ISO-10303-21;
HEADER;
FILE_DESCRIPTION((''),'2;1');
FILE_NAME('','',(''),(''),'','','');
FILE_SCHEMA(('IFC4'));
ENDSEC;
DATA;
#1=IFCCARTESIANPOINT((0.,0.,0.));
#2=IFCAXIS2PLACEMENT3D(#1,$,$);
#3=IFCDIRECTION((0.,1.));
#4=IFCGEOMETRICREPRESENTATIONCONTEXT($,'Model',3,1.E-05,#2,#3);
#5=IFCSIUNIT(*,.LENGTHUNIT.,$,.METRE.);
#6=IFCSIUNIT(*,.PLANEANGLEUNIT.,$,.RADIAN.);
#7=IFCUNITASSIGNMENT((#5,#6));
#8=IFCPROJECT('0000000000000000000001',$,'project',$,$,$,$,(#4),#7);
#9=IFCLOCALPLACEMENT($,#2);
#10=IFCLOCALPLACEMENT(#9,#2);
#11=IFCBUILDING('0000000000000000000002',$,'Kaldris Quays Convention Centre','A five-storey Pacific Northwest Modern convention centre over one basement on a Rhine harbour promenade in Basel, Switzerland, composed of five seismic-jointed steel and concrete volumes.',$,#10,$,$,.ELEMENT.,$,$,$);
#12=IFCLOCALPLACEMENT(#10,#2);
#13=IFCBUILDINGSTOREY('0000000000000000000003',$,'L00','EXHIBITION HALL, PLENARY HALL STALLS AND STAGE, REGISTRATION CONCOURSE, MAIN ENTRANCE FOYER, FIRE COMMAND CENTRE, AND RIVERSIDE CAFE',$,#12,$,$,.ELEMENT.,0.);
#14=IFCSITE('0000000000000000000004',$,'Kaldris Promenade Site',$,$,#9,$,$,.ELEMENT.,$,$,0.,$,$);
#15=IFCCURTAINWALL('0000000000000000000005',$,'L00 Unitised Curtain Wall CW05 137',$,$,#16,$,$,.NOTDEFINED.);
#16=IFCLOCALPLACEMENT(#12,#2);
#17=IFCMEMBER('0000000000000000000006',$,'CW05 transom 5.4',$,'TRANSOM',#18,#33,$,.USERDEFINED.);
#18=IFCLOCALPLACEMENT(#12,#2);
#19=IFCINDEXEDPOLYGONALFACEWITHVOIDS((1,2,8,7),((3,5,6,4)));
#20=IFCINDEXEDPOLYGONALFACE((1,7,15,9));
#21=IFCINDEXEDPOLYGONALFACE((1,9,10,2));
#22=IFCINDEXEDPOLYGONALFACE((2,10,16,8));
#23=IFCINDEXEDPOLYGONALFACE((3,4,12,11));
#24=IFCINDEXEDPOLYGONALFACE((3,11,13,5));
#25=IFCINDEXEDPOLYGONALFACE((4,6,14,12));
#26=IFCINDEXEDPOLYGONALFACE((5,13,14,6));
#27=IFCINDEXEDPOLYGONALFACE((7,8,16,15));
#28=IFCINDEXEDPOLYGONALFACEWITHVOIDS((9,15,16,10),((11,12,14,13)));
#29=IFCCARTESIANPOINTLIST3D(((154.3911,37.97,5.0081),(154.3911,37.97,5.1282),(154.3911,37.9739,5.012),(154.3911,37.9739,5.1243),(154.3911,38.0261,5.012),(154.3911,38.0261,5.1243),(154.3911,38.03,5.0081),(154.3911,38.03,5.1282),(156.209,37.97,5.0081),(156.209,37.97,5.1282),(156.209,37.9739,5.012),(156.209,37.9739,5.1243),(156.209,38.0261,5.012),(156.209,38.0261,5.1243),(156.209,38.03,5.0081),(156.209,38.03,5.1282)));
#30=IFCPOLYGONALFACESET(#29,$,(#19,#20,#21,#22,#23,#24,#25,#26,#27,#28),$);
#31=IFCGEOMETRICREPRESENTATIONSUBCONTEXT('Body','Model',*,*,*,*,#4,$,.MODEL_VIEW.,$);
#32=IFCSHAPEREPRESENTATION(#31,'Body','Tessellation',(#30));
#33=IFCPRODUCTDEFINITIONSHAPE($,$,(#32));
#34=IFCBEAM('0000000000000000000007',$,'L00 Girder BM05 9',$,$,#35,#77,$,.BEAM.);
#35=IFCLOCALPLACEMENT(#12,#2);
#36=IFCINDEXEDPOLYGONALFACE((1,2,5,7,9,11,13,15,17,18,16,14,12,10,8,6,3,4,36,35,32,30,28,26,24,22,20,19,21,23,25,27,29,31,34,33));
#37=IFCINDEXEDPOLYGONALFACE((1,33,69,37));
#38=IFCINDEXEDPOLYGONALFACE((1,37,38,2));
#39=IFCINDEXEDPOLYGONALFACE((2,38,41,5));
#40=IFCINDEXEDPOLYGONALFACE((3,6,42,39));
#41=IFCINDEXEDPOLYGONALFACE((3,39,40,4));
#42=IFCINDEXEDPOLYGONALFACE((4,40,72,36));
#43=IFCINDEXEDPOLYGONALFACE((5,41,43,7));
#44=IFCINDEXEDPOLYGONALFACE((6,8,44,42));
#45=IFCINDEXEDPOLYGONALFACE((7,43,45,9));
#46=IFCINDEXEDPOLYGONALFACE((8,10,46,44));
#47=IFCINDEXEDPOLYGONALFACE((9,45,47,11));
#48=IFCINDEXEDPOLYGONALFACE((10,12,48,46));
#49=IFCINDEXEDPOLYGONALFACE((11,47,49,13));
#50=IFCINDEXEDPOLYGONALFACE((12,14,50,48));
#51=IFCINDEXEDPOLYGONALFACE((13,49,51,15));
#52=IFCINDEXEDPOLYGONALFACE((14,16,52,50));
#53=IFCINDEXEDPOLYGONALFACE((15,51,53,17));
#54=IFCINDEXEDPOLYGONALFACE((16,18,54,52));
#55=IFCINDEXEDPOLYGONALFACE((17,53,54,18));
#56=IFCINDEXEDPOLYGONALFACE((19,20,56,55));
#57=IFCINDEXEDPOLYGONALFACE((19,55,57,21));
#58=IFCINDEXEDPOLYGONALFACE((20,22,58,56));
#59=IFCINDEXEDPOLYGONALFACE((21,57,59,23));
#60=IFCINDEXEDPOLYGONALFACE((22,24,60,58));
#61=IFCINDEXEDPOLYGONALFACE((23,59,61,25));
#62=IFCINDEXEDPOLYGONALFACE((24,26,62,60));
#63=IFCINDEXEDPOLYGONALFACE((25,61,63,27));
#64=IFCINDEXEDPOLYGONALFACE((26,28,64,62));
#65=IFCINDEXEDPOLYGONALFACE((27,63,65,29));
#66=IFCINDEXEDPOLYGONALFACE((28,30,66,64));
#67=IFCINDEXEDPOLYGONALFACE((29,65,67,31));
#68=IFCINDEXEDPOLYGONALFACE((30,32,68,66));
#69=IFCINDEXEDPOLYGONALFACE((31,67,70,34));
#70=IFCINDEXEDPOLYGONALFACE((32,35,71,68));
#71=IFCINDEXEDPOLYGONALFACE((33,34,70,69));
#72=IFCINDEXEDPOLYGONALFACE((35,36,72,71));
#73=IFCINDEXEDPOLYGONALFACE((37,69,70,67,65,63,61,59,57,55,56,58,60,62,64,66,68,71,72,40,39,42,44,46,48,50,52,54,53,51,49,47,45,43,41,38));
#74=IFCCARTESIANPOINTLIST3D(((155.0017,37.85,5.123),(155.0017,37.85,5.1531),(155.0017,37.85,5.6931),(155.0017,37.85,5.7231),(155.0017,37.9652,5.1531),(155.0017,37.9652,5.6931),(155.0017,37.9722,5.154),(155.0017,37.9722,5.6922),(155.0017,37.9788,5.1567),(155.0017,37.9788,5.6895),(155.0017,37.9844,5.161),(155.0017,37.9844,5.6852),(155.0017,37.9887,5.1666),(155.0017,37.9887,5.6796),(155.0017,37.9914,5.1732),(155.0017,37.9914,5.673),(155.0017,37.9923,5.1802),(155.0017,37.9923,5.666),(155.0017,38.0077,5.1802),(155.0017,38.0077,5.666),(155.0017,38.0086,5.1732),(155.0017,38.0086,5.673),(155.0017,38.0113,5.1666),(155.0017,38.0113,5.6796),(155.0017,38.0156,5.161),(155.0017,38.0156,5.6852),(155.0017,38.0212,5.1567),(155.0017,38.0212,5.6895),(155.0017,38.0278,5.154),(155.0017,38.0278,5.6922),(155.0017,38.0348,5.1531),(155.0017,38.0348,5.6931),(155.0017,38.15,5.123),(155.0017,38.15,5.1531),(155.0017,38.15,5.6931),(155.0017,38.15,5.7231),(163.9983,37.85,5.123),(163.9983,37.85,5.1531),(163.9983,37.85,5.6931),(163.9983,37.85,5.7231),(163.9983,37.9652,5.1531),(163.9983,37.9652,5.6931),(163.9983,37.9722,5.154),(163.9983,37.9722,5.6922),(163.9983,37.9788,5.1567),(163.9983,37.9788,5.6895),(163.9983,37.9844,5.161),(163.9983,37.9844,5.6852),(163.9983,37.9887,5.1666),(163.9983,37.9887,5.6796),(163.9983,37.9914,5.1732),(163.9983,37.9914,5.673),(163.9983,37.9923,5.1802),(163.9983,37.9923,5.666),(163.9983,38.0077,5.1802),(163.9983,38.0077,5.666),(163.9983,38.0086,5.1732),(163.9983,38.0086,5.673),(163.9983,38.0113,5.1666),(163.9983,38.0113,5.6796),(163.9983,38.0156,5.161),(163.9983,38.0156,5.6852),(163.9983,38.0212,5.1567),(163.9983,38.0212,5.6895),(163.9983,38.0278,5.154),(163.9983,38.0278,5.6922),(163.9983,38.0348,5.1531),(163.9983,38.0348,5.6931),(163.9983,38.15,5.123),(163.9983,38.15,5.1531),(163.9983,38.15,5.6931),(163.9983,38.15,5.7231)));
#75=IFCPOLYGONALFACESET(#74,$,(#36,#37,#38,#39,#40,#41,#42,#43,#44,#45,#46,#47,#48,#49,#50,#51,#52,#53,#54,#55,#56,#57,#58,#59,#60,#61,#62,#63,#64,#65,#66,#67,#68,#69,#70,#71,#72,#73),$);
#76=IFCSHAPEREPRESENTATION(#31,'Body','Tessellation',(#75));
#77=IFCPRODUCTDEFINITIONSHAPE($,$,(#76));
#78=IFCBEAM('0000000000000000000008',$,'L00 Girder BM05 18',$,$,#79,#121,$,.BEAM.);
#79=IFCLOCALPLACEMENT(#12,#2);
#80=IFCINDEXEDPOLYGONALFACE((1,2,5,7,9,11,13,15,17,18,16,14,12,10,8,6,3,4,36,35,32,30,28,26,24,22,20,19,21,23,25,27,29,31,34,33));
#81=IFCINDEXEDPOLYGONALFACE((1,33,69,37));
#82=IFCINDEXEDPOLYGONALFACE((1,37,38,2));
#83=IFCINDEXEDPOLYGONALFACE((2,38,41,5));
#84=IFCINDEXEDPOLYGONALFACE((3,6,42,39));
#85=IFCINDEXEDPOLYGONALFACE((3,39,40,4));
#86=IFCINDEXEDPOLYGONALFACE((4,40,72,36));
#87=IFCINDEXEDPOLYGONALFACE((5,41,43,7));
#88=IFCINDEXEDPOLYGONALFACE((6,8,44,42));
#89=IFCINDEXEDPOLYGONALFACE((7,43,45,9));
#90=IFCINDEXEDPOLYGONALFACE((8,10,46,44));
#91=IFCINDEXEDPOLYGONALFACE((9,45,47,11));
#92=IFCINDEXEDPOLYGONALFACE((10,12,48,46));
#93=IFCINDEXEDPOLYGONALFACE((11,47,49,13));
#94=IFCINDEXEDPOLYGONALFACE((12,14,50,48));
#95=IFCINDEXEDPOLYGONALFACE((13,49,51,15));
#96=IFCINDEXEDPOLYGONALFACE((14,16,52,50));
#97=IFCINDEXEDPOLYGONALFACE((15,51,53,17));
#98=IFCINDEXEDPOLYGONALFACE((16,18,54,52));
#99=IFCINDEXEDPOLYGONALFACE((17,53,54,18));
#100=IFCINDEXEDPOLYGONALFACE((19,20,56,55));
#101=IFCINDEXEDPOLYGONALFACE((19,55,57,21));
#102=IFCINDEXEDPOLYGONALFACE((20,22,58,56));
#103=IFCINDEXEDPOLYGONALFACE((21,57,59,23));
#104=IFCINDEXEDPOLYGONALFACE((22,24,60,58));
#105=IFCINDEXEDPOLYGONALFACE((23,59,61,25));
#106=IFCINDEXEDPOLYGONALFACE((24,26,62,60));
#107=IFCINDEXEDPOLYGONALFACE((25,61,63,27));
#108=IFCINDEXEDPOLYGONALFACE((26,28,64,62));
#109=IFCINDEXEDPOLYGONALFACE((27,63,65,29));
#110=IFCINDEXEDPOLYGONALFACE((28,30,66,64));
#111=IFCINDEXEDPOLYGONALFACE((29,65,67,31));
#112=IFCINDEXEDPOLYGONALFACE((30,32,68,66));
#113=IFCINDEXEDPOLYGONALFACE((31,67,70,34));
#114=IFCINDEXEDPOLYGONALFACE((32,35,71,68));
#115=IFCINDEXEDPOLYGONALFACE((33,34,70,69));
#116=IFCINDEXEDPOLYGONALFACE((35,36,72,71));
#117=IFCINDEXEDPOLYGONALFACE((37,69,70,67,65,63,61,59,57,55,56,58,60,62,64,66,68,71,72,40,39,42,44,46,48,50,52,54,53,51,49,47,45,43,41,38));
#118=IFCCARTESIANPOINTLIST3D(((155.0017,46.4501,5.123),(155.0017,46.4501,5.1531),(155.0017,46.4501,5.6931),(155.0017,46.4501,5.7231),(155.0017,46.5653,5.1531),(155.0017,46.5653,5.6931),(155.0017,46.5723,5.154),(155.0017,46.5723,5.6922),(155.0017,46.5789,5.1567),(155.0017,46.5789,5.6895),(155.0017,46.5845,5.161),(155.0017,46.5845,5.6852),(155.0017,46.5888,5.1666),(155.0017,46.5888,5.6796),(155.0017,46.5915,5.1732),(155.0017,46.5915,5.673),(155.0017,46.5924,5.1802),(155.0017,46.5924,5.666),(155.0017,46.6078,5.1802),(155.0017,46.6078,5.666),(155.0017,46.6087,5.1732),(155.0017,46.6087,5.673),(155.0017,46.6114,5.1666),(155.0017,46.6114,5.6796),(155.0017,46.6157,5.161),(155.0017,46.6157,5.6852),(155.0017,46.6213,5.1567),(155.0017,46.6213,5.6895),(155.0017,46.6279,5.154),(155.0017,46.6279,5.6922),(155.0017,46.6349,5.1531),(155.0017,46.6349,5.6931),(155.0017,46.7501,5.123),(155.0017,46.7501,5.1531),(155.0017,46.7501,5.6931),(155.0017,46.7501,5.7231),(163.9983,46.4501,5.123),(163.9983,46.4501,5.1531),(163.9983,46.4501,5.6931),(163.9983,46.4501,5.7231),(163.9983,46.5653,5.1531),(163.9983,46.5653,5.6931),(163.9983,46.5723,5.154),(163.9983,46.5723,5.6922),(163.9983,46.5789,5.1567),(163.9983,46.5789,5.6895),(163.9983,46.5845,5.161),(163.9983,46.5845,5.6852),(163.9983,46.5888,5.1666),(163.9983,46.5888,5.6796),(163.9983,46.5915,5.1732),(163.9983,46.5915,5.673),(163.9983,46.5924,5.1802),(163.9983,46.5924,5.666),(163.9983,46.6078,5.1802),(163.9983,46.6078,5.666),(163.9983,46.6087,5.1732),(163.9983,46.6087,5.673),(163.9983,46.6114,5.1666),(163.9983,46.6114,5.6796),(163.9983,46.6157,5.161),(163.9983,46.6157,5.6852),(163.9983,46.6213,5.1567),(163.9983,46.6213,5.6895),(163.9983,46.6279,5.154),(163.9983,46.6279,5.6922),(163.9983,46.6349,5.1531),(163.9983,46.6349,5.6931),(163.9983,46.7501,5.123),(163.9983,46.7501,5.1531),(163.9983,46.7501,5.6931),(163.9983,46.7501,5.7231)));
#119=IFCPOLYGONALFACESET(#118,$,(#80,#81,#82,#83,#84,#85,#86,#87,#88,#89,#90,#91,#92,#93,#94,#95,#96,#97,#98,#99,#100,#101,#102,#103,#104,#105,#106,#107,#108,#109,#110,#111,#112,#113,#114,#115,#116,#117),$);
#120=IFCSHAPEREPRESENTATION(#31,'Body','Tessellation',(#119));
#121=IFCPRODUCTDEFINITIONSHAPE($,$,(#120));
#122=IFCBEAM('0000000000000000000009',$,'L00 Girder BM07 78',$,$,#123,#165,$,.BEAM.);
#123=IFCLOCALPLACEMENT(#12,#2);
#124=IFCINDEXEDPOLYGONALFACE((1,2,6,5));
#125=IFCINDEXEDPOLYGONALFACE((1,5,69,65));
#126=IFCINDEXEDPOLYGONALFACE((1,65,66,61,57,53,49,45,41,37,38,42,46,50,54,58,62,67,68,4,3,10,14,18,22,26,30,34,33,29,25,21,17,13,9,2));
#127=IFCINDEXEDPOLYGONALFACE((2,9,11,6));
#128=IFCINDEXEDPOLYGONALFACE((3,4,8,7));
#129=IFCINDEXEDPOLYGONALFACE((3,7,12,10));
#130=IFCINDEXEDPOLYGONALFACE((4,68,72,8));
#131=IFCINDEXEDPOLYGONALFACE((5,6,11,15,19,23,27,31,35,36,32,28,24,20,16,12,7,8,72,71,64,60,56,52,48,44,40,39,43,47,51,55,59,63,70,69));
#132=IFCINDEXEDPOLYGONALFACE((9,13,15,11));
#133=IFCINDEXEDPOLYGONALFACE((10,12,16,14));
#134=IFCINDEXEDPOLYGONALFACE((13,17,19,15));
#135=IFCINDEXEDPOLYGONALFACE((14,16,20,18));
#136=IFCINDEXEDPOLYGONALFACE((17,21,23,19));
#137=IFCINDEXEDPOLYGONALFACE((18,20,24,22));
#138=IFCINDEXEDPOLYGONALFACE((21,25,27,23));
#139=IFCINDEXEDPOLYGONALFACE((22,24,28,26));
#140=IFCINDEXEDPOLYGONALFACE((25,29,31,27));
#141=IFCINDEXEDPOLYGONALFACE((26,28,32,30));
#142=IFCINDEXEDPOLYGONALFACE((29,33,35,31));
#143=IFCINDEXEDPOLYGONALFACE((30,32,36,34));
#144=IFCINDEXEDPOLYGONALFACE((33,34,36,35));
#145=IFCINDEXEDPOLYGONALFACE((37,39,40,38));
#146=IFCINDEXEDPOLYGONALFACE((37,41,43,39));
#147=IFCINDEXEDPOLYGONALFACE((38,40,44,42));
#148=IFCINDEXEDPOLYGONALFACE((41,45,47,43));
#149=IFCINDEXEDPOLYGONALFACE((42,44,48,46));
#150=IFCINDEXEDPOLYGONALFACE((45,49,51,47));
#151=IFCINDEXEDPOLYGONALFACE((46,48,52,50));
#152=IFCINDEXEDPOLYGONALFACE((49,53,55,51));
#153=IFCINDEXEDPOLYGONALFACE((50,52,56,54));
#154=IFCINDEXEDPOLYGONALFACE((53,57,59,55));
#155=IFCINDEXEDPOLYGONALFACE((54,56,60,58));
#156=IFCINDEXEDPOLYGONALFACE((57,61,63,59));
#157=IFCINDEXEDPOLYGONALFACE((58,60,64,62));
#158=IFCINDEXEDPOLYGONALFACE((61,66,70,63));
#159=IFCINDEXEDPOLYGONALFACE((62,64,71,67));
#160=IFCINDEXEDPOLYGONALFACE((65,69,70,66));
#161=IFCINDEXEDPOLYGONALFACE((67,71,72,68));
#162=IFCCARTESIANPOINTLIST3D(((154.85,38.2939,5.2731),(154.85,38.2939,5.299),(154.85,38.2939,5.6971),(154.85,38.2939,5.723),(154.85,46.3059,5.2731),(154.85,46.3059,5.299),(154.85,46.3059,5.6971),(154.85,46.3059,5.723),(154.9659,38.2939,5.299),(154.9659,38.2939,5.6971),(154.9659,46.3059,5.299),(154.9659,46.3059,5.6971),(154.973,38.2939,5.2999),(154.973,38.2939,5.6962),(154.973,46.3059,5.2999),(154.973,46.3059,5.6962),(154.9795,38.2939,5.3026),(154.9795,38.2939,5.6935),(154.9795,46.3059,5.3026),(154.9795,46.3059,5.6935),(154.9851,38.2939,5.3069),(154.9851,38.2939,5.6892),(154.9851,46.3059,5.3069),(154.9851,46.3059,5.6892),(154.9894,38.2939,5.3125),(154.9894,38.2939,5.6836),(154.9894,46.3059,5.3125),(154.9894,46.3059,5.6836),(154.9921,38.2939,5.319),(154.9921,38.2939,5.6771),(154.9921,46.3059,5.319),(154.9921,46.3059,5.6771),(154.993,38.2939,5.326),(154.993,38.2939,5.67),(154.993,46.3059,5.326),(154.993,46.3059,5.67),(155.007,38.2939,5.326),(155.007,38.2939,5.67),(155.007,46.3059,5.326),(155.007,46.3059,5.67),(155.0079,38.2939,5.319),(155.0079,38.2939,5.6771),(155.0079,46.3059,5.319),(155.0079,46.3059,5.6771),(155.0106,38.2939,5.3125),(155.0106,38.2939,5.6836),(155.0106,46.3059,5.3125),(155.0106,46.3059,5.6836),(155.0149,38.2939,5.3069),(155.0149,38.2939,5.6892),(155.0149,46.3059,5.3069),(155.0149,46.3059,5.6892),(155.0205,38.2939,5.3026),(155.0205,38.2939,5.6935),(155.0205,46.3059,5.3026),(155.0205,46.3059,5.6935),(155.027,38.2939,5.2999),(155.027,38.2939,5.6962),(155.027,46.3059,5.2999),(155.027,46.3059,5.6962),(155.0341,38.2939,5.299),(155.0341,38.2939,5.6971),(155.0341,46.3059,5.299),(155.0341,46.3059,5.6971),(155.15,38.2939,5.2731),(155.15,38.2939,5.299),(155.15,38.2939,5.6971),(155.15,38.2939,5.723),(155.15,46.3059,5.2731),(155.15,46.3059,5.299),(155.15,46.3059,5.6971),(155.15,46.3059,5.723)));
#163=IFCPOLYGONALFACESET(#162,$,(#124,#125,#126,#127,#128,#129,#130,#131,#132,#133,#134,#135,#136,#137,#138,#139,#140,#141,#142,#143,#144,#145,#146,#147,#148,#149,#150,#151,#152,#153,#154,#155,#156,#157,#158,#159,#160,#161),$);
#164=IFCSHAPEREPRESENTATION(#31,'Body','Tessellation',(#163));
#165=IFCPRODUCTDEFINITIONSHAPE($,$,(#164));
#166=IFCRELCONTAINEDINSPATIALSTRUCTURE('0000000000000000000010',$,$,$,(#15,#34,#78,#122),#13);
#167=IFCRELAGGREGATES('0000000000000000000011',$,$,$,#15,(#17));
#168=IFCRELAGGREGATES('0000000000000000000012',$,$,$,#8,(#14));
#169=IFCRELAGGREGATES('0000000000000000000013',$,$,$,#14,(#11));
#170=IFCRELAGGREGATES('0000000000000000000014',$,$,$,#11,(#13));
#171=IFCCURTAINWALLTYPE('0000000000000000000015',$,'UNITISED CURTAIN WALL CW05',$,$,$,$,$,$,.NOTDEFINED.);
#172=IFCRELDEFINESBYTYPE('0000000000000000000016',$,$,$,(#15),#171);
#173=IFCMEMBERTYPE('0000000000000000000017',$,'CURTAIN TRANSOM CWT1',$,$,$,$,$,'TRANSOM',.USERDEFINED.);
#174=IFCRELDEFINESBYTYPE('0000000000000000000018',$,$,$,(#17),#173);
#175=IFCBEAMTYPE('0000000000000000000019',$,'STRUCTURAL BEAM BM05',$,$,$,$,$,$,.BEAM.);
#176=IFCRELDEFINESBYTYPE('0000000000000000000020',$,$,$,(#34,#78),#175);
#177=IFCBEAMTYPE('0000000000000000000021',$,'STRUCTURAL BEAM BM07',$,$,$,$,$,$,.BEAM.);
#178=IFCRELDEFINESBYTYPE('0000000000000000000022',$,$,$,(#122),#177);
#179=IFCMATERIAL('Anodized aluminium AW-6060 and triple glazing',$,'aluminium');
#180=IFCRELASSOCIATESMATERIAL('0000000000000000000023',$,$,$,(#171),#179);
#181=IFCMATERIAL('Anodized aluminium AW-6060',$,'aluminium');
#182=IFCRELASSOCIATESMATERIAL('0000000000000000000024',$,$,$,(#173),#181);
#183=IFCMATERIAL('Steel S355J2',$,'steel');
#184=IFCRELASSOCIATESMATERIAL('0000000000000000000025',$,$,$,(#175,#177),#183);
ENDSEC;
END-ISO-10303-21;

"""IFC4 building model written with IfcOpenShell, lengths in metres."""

from ifc_helpers import new_model, si_unit, direction, frame, origin, origin_2d, place, context, subcontext, project, spatial, hollow_rectangle, i_section, extrude, material, material_profile, profile_set, type_object, element, aggregate, save


model = new_model("IFC4")

# Units and contexts
model_context = context("Model", 3, precision=1e-05, world=origin(), true_north=direction((0.0, 1.0)))
body_context = subcontext(model_context, "Body", "Model", "MODEL_VIEW")
ifc_project = project(units=[si_unit("LENGTHUNIT", "METRE"), si_unit("PLANEANGLEUNIT", "RADIAN")], contexts=[model_context])

# Site, building, storey
site_placement = place(None, origin())
site = spatial("IfcSite", under=ifc_project, at=site_placement, Name="Kaldris Promenade Site", CompositionType="ELEMENT", RefElevation=0.0)
building_placement = place(site_placement, origin())
building = spatial("IfcBuilding", under=site, at=building_placement, Name="Kaldris Quays Convention Centre", Description="A five-storey Pacific Northwest Modern convention centre over one basement on a Rhine harbour promenade in Basel, Switzerland, composed of five seismic-jointed steel and concrete volumes.", CompositionType="ELEMENT")
storey_placement = place(building_placement, origin())
storey = spatial("IfcBuildingStorey", under=building, at=storey_placement, Name="L00", Description="EXHIBITION HALL, PLENARY HALL STALLS AND STAGE, REGISTRATION CONCOURSE, MAIN ENTRANCE FOYER, FIRE COMMAND CENTRE, AND RIVERSIDE CAFE", CompositionType="ELEMENT", Elevation=0.0)

# Shared definitions
ifc_material_1 = material(Name="Steel S355J2", Category="steel")

# Curtain wall, member
ifc_material_2 = material(Name="Anodized aluminium AW-6060 and triple glazing", Category="aluminium")
curtain_wall_type = type_object("IfcCurtainWallType", Name="UNITISED CURTAIN WALL CW05", PredefinedType="NOTDEFINED", material=ifc_material_2)
curtain_wall_placement = place(storey_placement, origin())
curtain_wall = element("IfcCurtainWall", 1, at=curtain_wall_placement, inside=storey, type_object=curtain_wall_type, Name="L00 Unitised Curtain Wall CW05 137", PredefinedType="NOTDEFINED")
ifc_material_3 = material(Name="Anodized aluminium AW-6060", Category="aluminium")
ifc_material_profile_1 = material_profile(ifc_material_3, hollow_rectangle(XDim=0.0601, YDim=0.1201, WallThickness=0.0039, at=origin_2d()), Name="RHS 120x60x4")
ifc_profile_set_1 = profile_set([ifc_material_profile_1], Name="Anodized aluminium AW-6060")
member_type_1 = type_object("IfcMemberType", Name="CURTAIN TRANSOM CWT1", ElementType="TRANSOM", PredefinedType="USERDEFINED", material=ifc_profile_set_1)
member_1_placement = place(storey_placement, frame((154.3911, 38.0, 5.0681), z_axis=(1.0, 0.0, 0.0), x_axis=(0.0, 1.0, 0.0)))
member_1 = element("IfcMember", 2, at=member_1_placement, type_object=member_type_1, Name="CW05 transom 5.4", ObjectType="TRANSOM", PredefinedType="USERDEFINED", context=body_context, shape_type="SweptSolid", body=[
    extrude(hollow_rectangle(XDim=0.0601, YDim=0.1201, WallThickness=0.0039, at=origin_2d()), origin(), (0.0, 0.0, 1.0), 1.8179),
])

# Beams
ifc_material_profile_2 = material_profile(ifc_material_1, i_section(OverallWidth=0.3, OverallDepth=0.6001, WebThickness=0.0154, FlangeThickness=0.03, FilletRadius=0.0271, at=origin_2d()), Name="HEB 600")
ifc_profile_set_2 = profile_set([ifc_material_profile_2], Name="Steel S355J2")
beam_type_1 = type_object("IfcBeamType", Name="STRUCTURAL BEAM BM05", PredefinedType="BEAM", material=ifc_profile_set_2)
for number, where, z_axis, x_axis, name in (
    (3, (155.0017, 38.0, 5.4231), (1.0, 0.0, 0.0), (0.0, 1.0, 0.0), "L00 Girder BM05 9"),
    (4, (155.0017, 46.6001, 5.4231), (1.0, 0.0, 0.0), (0.0, 1.0, 0.0), "L00 Girder BM05 18"),
):
    element("IfcBeam", number, at=place(storey_placement, frame(where, z_axis=z_axis, x_axis=x_axis)), inside=storey, type_object=beam_type_1, Name=name, PredefinedType="BEAM", context=body_context, shape_type="SweptSolid", body=[
        extrude(i_section(OverallWidth=0.3, OverallDepth=0.6001, WebThickness=0.0154, FlangeThickness=0.03, FilletRadius=0.0271, at=origin_2d()), origin(), (0.0, 0.0, 1.0), 8.9966),
    ])
ifc_material_profile_3 = material_profile(ifc_material_1, i_section(OverallWidth=0.3, OverallDepth=0.45, WebThickness=0.0139, FlangeThickness=0.0259, FilletRadius=0.0271, at=origin_2d()), Name="HEB 450")
ifc_profile_set_3 = profile_set([ifc_material_profile_3], Name="Steel S355J2")
beam_type_2 = type_object("IfcBeamType", Name="STRUCTURAL BEAM BM07", PredefinedType="BEAM", material=ifc_profile_set_3)
beam_1_placement = place(storey_placement, frame((155.0, 38.2939, 5.498), z_axis=(0.0, 1.0, 0.0), x_axis=(-1.0, 0.0, 0.0)))
element("IfcBeam", 5, at=beam_1_placement, inside=storey, type_object=beam_type_2, Name="L00 Girder BM07 78", PredefinedType="BEAM", context=body_context, shape_type="SweptSolid", body=[
    extrude(i_section(OverallWidth=0.3, OverallDepth=0.45, WebThickness=0.0139, FlangeThickness=0.0259, FilletRadius=0.0271, at=origin_2d()), origin(), (0.0, 0.0, 1.0), 8.012),
])

aggregate(curtain_wall, [member_1])

save(model, "model.ifc")
